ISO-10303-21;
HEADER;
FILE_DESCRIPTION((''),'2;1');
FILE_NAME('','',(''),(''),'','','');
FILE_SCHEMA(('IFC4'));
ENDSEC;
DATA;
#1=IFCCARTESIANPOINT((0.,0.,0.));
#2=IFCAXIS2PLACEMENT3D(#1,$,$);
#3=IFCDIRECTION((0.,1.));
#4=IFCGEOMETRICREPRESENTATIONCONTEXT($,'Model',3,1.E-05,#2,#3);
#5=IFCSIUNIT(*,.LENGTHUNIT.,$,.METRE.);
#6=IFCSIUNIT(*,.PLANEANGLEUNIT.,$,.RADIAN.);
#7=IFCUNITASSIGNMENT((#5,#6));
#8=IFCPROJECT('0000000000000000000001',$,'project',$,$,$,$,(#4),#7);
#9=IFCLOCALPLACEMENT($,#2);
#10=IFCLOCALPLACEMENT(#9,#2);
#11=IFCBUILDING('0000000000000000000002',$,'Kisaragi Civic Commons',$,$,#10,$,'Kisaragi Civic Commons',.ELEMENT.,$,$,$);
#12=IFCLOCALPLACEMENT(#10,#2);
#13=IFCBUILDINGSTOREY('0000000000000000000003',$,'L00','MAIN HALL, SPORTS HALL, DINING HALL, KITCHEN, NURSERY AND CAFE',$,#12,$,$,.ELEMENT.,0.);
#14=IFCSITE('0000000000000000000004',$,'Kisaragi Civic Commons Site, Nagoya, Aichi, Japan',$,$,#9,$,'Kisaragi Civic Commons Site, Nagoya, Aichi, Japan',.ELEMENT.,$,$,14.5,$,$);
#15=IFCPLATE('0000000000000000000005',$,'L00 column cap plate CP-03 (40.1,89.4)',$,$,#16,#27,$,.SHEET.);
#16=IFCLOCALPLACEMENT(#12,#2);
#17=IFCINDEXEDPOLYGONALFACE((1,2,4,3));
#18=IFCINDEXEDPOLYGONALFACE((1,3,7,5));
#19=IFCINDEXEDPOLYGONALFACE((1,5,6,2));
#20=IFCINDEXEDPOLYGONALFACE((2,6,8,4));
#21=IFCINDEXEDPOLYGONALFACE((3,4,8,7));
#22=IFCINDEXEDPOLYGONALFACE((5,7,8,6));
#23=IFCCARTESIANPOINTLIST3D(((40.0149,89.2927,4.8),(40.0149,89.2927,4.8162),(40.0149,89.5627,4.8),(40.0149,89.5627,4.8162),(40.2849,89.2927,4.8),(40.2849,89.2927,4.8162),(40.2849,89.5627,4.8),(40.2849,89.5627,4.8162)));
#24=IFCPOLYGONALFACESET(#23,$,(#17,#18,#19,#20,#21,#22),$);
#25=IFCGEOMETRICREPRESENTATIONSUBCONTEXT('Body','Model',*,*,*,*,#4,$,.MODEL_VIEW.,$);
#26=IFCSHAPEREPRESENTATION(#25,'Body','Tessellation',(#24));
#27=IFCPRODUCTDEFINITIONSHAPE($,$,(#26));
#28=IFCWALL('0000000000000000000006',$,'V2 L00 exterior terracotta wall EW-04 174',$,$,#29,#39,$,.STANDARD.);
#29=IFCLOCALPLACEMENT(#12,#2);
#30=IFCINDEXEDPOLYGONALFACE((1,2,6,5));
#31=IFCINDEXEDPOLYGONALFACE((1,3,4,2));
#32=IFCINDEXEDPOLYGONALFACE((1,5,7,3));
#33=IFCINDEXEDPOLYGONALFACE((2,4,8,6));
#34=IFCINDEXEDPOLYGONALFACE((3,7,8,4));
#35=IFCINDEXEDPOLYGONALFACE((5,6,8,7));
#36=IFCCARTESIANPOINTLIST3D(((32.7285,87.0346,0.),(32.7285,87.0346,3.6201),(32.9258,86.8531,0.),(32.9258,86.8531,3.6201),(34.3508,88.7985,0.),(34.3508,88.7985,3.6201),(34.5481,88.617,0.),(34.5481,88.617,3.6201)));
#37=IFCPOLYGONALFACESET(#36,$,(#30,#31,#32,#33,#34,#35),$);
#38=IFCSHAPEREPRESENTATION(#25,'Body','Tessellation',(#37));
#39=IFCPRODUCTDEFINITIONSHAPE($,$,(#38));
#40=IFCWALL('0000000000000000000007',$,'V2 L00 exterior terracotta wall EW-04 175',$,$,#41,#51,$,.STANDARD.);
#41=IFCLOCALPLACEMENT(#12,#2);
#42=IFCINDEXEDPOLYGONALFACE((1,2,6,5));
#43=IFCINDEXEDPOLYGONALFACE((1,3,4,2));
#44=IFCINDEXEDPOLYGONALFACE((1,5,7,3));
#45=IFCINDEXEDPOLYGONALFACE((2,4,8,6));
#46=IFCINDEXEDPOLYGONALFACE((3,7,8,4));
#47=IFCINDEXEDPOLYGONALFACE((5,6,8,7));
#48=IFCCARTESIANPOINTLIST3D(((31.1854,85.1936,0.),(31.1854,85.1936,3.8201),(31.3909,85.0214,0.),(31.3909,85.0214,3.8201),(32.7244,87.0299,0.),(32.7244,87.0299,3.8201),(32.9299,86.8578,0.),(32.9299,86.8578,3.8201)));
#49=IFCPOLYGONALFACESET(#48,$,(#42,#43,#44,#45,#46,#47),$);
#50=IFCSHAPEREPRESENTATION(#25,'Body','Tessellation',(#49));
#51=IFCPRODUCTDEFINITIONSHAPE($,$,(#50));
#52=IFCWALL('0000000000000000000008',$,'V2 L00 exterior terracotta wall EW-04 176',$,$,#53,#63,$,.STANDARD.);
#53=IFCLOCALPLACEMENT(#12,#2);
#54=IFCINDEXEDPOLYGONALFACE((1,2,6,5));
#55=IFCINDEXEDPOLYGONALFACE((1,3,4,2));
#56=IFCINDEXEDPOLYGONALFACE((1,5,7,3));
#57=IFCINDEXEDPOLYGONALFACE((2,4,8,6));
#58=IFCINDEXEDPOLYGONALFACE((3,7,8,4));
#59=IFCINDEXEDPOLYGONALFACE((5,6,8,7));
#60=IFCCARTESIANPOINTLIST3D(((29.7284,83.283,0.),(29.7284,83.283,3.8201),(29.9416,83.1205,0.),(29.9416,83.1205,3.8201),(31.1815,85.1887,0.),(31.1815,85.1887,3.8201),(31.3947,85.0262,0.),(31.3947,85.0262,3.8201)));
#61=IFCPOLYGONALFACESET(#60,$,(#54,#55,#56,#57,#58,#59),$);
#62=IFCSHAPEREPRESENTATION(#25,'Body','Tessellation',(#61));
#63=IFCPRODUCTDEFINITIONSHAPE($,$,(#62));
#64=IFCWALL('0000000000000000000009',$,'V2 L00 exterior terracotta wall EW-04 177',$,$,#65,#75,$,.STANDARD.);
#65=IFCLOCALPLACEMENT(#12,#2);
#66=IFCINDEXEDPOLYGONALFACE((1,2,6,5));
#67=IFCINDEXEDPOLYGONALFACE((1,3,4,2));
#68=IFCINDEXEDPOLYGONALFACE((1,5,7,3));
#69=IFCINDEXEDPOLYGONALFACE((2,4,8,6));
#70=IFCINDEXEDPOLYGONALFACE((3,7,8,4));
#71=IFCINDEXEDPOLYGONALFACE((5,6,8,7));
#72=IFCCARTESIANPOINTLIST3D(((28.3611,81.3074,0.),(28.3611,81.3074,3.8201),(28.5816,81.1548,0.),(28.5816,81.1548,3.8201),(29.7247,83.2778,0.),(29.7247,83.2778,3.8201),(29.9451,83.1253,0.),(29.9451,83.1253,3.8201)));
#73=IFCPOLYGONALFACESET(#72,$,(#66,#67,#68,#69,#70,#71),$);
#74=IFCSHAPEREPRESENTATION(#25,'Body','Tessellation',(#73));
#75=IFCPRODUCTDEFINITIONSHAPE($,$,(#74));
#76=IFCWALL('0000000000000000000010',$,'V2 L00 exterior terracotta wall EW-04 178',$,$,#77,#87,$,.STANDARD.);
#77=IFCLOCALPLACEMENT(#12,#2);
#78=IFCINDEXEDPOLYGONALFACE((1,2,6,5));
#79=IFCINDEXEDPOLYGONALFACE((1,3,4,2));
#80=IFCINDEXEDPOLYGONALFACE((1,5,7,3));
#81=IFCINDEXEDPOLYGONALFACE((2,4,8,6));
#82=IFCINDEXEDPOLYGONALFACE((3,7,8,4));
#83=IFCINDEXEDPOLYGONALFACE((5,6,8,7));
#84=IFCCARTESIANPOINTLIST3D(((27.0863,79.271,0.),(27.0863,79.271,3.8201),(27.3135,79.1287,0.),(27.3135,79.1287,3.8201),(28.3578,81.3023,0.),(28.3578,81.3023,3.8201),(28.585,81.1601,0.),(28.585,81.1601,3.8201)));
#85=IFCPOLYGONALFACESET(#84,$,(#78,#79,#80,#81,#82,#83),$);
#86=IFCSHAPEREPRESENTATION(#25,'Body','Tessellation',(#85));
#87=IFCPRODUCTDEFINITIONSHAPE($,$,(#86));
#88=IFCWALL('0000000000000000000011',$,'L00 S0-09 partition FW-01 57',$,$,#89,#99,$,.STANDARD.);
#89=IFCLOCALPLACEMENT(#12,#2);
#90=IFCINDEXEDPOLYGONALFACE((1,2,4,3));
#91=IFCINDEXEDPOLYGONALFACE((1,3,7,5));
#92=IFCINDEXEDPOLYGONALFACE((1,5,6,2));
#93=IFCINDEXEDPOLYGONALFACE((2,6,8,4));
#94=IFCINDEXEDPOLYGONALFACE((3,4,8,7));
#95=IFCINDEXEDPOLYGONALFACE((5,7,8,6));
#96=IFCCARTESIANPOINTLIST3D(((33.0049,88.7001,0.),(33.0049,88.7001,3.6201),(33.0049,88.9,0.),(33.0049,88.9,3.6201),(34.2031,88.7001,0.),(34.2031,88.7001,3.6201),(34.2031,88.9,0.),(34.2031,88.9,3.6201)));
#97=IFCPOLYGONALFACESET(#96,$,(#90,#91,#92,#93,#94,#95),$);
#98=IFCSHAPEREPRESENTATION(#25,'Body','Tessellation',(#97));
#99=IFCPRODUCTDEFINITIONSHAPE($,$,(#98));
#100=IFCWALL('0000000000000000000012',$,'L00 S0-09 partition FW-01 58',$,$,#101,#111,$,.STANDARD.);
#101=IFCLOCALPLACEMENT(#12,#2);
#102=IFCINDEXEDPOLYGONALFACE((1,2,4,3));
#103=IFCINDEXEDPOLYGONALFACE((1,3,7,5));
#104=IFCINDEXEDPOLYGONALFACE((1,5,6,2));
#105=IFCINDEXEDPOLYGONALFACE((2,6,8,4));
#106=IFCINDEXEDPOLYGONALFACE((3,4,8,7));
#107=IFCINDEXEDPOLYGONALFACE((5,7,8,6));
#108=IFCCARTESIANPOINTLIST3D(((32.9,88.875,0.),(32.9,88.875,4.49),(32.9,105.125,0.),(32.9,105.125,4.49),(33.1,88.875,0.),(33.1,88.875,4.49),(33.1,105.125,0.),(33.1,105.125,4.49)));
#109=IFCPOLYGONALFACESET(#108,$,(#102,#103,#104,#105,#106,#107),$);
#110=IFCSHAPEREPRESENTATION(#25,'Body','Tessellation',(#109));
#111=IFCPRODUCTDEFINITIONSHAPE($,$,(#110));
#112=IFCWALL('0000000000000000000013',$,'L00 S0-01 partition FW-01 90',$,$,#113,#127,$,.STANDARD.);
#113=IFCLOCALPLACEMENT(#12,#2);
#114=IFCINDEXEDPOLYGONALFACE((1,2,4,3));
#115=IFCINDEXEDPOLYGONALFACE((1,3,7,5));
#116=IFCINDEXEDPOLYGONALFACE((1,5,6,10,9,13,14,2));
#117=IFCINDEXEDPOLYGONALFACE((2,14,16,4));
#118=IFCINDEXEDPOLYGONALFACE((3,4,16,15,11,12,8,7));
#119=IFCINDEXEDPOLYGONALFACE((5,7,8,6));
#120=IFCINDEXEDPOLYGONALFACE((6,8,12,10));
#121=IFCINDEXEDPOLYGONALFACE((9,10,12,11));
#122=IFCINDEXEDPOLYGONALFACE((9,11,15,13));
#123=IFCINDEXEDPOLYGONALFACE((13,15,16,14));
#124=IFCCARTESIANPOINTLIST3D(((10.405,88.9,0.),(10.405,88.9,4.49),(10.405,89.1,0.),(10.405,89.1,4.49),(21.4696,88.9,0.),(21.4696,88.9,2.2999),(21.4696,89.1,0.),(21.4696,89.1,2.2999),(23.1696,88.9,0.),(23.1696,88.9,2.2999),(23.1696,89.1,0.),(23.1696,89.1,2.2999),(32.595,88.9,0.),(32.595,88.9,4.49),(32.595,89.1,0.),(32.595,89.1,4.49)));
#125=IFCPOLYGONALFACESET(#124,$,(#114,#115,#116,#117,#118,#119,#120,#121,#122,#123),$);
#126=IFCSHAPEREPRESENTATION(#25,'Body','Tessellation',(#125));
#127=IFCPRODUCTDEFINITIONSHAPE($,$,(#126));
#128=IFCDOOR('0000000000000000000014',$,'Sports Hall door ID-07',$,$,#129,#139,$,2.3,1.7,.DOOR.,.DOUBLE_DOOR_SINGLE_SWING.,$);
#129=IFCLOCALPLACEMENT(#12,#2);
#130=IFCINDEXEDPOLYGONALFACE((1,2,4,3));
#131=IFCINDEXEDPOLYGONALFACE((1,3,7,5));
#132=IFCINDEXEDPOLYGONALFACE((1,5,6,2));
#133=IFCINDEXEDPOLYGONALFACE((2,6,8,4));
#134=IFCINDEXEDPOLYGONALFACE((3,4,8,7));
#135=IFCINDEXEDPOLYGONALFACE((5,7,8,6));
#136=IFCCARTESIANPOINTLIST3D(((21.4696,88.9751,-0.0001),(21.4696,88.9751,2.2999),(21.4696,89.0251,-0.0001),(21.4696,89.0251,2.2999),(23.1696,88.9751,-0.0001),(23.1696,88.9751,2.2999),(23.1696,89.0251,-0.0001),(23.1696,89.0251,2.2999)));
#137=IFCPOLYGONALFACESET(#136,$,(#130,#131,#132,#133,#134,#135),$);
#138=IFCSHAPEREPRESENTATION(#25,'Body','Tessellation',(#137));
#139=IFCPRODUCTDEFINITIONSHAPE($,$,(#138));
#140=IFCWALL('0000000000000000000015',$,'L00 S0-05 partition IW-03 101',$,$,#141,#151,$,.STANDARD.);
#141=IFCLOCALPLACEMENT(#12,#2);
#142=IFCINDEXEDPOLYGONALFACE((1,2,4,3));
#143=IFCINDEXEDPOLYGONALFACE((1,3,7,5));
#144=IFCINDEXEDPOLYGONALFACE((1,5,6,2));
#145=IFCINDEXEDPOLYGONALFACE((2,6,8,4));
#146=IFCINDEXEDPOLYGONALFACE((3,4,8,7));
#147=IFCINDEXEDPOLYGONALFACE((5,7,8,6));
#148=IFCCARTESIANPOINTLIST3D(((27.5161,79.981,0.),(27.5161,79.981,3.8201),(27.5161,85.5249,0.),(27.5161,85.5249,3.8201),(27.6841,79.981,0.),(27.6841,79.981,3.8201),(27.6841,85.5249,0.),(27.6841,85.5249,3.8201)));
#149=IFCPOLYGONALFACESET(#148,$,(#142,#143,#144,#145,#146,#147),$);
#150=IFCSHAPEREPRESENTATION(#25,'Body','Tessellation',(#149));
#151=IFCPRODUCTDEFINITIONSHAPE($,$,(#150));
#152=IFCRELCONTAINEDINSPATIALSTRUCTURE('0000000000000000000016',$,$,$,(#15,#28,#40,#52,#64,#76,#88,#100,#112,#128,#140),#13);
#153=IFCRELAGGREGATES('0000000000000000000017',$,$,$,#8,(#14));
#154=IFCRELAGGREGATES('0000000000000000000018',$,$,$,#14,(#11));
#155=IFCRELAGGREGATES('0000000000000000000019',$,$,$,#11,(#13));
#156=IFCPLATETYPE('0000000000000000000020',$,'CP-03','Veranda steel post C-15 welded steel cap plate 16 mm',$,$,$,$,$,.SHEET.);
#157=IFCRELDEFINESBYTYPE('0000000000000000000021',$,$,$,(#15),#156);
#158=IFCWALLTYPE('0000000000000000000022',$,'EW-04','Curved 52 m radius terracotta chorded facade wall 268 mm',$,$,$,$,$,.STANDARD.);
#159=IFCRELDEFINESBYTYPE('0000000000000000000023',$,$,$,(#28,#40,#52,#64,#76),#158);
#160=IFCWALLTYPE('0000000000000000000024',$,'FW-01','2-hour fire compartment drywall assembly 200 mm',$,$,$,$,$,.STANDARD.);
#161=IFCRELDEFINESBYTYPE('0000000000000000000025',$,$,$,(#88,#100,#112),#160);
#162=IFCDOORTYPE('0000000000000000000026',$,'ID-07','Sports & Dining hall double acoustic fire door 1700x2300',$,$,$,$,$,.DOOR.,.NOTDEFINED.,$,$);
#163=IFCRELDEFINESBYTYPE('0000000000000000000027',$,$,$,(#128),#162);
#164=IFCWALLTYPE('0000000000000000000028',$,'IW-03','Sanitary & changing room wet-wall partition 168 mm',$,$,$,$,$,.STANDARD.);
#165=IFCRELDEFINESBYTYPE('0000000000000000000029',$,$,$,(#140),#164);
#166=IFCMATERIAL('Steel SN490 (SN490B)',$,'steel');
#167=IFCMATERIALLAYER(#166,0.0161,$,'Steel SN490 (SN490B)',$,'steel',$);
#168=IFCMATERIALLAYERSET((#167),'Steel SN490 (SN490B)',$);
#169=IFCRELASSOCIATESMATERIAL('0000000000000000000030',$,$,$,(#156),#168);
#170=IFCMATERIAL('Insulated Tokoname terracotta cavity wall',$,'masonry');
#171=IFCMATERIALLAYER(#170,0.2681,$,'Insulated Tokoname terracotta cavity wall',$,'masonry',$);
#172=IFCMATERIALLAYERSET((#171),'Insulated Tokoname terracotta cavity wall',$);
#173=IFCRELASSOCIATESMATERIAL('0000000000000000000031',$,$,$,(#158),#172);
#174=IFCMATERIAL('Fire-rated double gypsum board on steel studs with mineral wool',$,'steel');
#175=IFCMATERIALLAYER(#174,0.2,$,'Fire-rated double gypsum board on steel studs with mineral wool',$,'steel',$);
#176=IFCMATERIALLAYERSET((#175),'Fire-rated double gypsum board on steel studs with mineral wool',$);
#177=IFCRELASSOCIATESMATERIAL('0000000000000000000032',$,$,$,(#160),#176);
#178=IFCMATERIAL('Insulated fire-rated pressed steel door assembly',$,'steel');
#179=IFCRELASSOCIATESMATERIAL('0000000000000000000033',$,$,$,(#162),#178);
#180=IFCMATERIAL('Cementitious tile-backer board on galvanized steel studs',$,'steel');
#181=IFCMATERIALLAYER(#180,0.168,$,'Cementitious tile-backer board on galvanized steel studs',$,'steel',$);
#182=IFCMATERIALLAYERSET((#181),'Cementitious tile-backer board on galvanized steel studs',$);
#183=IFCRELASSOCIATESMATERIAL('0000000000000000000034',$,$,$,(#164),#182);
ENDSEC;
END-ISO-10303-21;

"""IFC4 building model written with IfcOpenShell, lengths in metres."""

from ifc_helpers import new_model, si_unit, direction, frame, frame_2d, origin, origin_2d, place, context, subcontext, project, spatial, rectangle, extrude, material, layer, layer_set, type_object, element, fill, save


model = new_model("IFC4")

# Units and contexts
model_context = context("Model", 3, precision=1e-05, world=origin(), true_north=direction((0.0, 1.0)))
body_context = subcontext(model_context, "Body", "Model", "MODEL_VIEW")
ifc_project = project(units=[si_unit("LENGTHUNIT", "METRE"), si_unit("PLANEANGLEUNIT", "RADIAN")], contexts=[model_context])

# Site, building, storey
site_placement = place(None, origin())
site = spatial("IfcSite", under=ifc_project, at=site_placement, Name="Kisaragi Civic Commons Site, Nagoya, Aichi, Japan", LongName="Kisaragi Civic Commons Site, Nagoya, Aichi, Japan", CompositionType="ELEMENT", RefElevation=14.5)
building_placement = place(site_placement, origin())
building = spatial("IfcBuilding", under=site, at=building_placement, Name="Kisaragi Civic Commons", LongName="Kisaragi Civic Commons", CompositionType="ELEMENT")
storey_placement = place(building_placement, origin())
storey = spatial("IfcBuildingStorey", under=building, at=storey_placement, Name="L00", Description="MAIN HALL, SPORTS HALL, DINING HALL, KITCHEN, NURSERY AND CAFE", CompositionType="ELEMENT", Elevation=0.0)

# Shared definitions
ifc_material_1 = material(Name="Steel SN490 (SN490B)", Category="steel")

# Plate
ifc_layer_1 = layer(ifc_material_1, 0.0161, Name="Steel SN490 (SN490B)", Category="steel")
ifc_layer_set_1 = layer_set([ifc_layer_1], Name="Steel SN490 (SN490B)")
plate_type = type_object("IfcPlateType", Name="CP-03", Description="Veranda steel post C-15 welded steel cap plate 16 mm", PredefinedType="SHEET", material=ifc_layer_set_1)
for number, where, z_axis, x_axis, name in (
    (1, (40.1499, 89.4277, 4.8), (0.0, 0.0, 1.0), (1.0, 0.0, 0.0), "L00 column cap plate CP-03 (40.1,89.4)"),
):
    element("IfcPlate", number, at=place(storey_placement, frame(where, z_axis=z_axis, x_axis=x_axis)), inside=storey, type_object=plate_type, Name=name, PredefinedType="SHEET", context=body_context, shape_type="SweptSolid", body=[
        extrude(rectangle(XDim=0.27, YDim=0.27, at=origin_2d()), origin(), (0.0, 0.0, 1.0), 0.0161),
    ])

# Walls
ifc_material_2 = material(Name="Insulated Tokoname terracotta cavity wall", Category="masonry")
ifc_layer_2 = layer(ifc_material_2, 0.2681, Name="Insulated Tokoname terracotta cavity wall", Category="masonry")
ifc_layer_set_2 = layer_set([ifc_layer_2], Name="Insulated Tokoname terracotta cavity wall")
wall_type_1 = type_object("IfcWallType", Name="EW-04", Description="Curved 52 m radius terracotta chorded facade wall 268 mm", PredefinedType="STANDARD", material=ifc_layer_set_2)
wall_1_placement = place(storey_placement, frame((34.4495, 88.7078, 0.0), z_axis=(0.0, 0.0, 1.0), x_axis=(-0.676946, -0.736033, 0.0)))
element("IfcWall", 2, at=wall_1_placement, inside=storey, type_object=wall_type_1, Name="V2 L00 exterior terracotta wall EW-04 174", PredefinedType="STANDARD", context=body_context, shape_type="SweptSolid", body=[
    extrude(rectangle(XDim=2.3965, YDim=0.2681, at=frame_2d((1.1982, 0.0))), origin(), (0.0, 0.0, 1.0), 3.6201),
])
wall_2_placement = place(storey_placement, frame((32.8271, 86.9438, 0.0), z_axis=(0.0, 0.0, 1.0), x_axis=(-0.642327, -0.766431, 0.0)))
element("IfcWall", 3, at=wall_2_placement, inside=storey, type_object=wall_type_1, Name="V2 L00 exterior terracotta wall EW-04 175", PredefinedType="STANDARD", context=body_context, shape_type="SweptSolid", body=[
    extrude(rectangle(XDim=2.396, YDim=0.2681, at=frame_2d((1.198, 0.0))), origin(), (0.0, 0.0, 1.0), 3.8201),
])
wall_3_placement = place(storey_placement, frame((31.2881, 85.1074, 0.0), z_axis=(0.0, 0.0, 1.0), x_axis=(-0.606338, -0.795207, 0.0)))
element("IfcWall", 4, at=wall_3_placement, inside=storey, type_object=wall_type_1, Name="V2 L00 exterior terracotta wall EW-04 176", PredefinedType="STANDARD", context=body_context, shape_type="SweptSolid", body=[
    extrude(rectangle(XDim=2.3965, YDim=0.2681, at=frame_2d((1.1982, 0.0))), origin(), (0.0, 0.0, 1.0), 3.8201),
])
wall_4_placement = place(storey_placement, frame((29.835, 83.2017, 0.0), z_axis=(0.0, 0.0, 1.0), x_axis=(-0.56903, -0.822317, 0.0)))
element("IfcWall", 5, at=wall_4_placement, inside=storey, type_object=wall_type_1, Name="V2 L00 exterior terracotta wall EW-04 177", PredefinedType="STANDARD", context=body_context, shape_type="SweptSolid", body=[
    extrude(rectangle(XDim=2.3962, YDim=0.2681, at=frame_2d((1.1982, 0.0))), origin(), (0.0, 0.0, 1.0), 3.8201),
])
wall_5_placement = place(storey_placement, frame((28.4714, 81.2312, 0.0), z_axis=(0.0, 0.0, 1.0), x_axis=(-0.530585, -0.847632, 0.0)))
element("IfcWall", 6, at=wall_5_placement, inside=storey, type_object=wall_type_1, Name="V2 L00 exterior terracotta wall EW-04 178", PredefinedType="STANDARD", context=body_context, shape_type="SweptSolid", body=[
    extrude(rectangle(XDim=2.3965, YDim=0.2681, at=frame_2d((1.1982, 0.0))), origin(), (0.0, 0.0, 1.0), 3.8201),
])
ifc_material_3 = material(Name="Fire-rated double gypsum board on steel studs with mineral wool", Category="steel")
ifc_layer_3 = layer(ifc_material_3, 0.2, Name="Fire-rated double gypsum board on steel studs with mineral wool", Category="steel")
ifc_layer_set_3 = layer_set([ifc_layer_3], Name="Fire-rated double gypsum board on steel studs with mineral wool")
wall_type_2 = type_object("IfcWallType", Name="FW-01", Description="2-hour fire compartment drywall assembly 200 mm", PredefinedType="STANDARD", material=ifc_layer_set_3)
wall_6_placement = place(storey_placement, frame((34.2031, 88.8, 0.0), z_axis=(0.0, 0.0, 1.0), x_axis=(-1.0, 0.0, 0.0)))
element("IfcWall", 7, at=wall_6_placement, inside=storey, type_object=wall_type_2, Name="L00 S0-09 partition FW-01 57", PredefinedType="STANDARD", context=body_context, shape_type="SweptSolid", body=[
    extrude(rectangle(XDim=1.1982, YDim=0.2, at=frame_2d((0.5991, 0.0))), origin(), (0.0, 0.0, 1.0), 3.6201),
])
wall_7_placement = place(storey_placement, frame((33.0, 88.875, 0.0), z_axis=(0.0, 0.0, 1.0), x_axis=(0.0, 1.0, 0.0)))
element("IfcWall", 8, at=wall_7_placement, inside=storey, type_object=wall_type_2, Name="L00 S0-09 partition FW-01 58", PredefinedType="STANDARD", context=body_context, shape_type="SweptSolid", body=[
    extrude(rectangle(XDim=16.25, YDim=0.2, at=frame_2d((8.125, 0.0))), origin(), (0.0, 0.0, 1.0), 4.49),
])

# Wall, opening, door
wall_8_placement = place(storey_placement, frame((32.595, 89.0, 0.0), z_axis=(0.0, 0.0, 1.0), x_axis=(-1.0, 0.0, 0.0)))
wall_8 = element("IfcWall", 9, at=wall_8_placement, inside=storey, type_object=wall_type_2, Name="L00 S0-01 partition FW-01 90", PredefinedType="STANDARD", context=body_context, shape_type="SweptSolid", body=[
    extrude(rectangle(XDim=22.1899, YDim=0.2, at=frame_2d((11.095, 0.0))), origin(), (0.0, 0.0, 1.0), 4.49),
])
opening_1_placement = place(wall_8_placement, frame((9.4253, 0.0, 0.0)))
opening_1 = element("IfcOpeningElement", 10, at=opening_1_placement, cuts=wall_8, PredefinedType="OPENING", context=body_context, shape_type="SweptSolid", body=[
    extrude(rectangle(XDim=1.7, YDim=2.3, at=frame_2d((0.8501, 1.1499))), frame((0.0, 0.1099, 0.0), z_axis=(0.0, -1.0, 0.0), x_axis=(1.0, 0.0, 0.0)), (0.0, 0.0, 1.0), 0.22),
])
ifc_material_4 = material(Name="Insulated fire-rated pressed steel door assembly", Category="steel")
door_type_1 = type_object("IfcDoorType", Name="ID-07", Description="Sports & Dining hall double acoustic fire door 1700x2300", OperationType="NOTDEFINED", PredefinedType="DOOR", material=ifc_material_4)
door_1_placement = place(opening_1_placement, origin())
door_1 = element("IfcDoor", 11, at=door_1_placement, inside=storey, type_object=door_type_1, Name="Sports Hall door ID-07", OperationType="DOUBLE_DOOR_SINGLE_SWING", OverallHeight=2.3, OverallWidth=1.7, PredefinedType="DOOR", context=body_context, shape_type="SweptSolid", body=[
    extrude(rectangle(XDim=1.7, YDim=2.3, at=frame_2d((0.8501, 1.1499))), frame((0.0, 0.0249, 0.0), z_axis=(0.0, -1.0, 0.0), x_axis=(1.0, 0.0, 0.0)), (0.0, 0.0, 1.0), 0.05),
])
fill(opening_1, door_1)

# Wall
ifc_material_5 = material(Name="Cementitious tile-backer board on galvanized steel studs", Category="steel")
ifc_layer_4 = layer(ifc_material_5, 0.168, Name="Cementitious tile-backer board on galvanized steel studs", Category="steel")
ifc_layer_set_4 = layer_set([ifc_layer_4], Name="Cementitious tile-backer board on galvanized steel studs")
wall_type_3 = type_object("IfcWallType", Name="IW-03", Description="Sanitary & changing room wet-wall partition 168 mm", PredefinedType="STANDARD", material=ifc_layer_set_4)
wall_9_placement = place(storey_placement, frame((27.6001, 85.5249, 0.0), z_axis=(0.0, 0.0, 1.0), x_axis=(0.0, -1.0, 0.0)))
element("IfcWall", 12, at=wall_9_placement, inside=storey, type_object=wall_type_3, Name="L00 S0-05 partition IW-03 101", PredefinedType="STANDARD", context=body_context, shape_type="SweptSolid", body=[
    extrude(rectangle(XDim=5.5439, YDim=0.168, at=frame_2d((2.772, 0.0))), origin(), (0.0, 0.0, 1.0), 3.8201),
])

save(model, "model.ifc")
